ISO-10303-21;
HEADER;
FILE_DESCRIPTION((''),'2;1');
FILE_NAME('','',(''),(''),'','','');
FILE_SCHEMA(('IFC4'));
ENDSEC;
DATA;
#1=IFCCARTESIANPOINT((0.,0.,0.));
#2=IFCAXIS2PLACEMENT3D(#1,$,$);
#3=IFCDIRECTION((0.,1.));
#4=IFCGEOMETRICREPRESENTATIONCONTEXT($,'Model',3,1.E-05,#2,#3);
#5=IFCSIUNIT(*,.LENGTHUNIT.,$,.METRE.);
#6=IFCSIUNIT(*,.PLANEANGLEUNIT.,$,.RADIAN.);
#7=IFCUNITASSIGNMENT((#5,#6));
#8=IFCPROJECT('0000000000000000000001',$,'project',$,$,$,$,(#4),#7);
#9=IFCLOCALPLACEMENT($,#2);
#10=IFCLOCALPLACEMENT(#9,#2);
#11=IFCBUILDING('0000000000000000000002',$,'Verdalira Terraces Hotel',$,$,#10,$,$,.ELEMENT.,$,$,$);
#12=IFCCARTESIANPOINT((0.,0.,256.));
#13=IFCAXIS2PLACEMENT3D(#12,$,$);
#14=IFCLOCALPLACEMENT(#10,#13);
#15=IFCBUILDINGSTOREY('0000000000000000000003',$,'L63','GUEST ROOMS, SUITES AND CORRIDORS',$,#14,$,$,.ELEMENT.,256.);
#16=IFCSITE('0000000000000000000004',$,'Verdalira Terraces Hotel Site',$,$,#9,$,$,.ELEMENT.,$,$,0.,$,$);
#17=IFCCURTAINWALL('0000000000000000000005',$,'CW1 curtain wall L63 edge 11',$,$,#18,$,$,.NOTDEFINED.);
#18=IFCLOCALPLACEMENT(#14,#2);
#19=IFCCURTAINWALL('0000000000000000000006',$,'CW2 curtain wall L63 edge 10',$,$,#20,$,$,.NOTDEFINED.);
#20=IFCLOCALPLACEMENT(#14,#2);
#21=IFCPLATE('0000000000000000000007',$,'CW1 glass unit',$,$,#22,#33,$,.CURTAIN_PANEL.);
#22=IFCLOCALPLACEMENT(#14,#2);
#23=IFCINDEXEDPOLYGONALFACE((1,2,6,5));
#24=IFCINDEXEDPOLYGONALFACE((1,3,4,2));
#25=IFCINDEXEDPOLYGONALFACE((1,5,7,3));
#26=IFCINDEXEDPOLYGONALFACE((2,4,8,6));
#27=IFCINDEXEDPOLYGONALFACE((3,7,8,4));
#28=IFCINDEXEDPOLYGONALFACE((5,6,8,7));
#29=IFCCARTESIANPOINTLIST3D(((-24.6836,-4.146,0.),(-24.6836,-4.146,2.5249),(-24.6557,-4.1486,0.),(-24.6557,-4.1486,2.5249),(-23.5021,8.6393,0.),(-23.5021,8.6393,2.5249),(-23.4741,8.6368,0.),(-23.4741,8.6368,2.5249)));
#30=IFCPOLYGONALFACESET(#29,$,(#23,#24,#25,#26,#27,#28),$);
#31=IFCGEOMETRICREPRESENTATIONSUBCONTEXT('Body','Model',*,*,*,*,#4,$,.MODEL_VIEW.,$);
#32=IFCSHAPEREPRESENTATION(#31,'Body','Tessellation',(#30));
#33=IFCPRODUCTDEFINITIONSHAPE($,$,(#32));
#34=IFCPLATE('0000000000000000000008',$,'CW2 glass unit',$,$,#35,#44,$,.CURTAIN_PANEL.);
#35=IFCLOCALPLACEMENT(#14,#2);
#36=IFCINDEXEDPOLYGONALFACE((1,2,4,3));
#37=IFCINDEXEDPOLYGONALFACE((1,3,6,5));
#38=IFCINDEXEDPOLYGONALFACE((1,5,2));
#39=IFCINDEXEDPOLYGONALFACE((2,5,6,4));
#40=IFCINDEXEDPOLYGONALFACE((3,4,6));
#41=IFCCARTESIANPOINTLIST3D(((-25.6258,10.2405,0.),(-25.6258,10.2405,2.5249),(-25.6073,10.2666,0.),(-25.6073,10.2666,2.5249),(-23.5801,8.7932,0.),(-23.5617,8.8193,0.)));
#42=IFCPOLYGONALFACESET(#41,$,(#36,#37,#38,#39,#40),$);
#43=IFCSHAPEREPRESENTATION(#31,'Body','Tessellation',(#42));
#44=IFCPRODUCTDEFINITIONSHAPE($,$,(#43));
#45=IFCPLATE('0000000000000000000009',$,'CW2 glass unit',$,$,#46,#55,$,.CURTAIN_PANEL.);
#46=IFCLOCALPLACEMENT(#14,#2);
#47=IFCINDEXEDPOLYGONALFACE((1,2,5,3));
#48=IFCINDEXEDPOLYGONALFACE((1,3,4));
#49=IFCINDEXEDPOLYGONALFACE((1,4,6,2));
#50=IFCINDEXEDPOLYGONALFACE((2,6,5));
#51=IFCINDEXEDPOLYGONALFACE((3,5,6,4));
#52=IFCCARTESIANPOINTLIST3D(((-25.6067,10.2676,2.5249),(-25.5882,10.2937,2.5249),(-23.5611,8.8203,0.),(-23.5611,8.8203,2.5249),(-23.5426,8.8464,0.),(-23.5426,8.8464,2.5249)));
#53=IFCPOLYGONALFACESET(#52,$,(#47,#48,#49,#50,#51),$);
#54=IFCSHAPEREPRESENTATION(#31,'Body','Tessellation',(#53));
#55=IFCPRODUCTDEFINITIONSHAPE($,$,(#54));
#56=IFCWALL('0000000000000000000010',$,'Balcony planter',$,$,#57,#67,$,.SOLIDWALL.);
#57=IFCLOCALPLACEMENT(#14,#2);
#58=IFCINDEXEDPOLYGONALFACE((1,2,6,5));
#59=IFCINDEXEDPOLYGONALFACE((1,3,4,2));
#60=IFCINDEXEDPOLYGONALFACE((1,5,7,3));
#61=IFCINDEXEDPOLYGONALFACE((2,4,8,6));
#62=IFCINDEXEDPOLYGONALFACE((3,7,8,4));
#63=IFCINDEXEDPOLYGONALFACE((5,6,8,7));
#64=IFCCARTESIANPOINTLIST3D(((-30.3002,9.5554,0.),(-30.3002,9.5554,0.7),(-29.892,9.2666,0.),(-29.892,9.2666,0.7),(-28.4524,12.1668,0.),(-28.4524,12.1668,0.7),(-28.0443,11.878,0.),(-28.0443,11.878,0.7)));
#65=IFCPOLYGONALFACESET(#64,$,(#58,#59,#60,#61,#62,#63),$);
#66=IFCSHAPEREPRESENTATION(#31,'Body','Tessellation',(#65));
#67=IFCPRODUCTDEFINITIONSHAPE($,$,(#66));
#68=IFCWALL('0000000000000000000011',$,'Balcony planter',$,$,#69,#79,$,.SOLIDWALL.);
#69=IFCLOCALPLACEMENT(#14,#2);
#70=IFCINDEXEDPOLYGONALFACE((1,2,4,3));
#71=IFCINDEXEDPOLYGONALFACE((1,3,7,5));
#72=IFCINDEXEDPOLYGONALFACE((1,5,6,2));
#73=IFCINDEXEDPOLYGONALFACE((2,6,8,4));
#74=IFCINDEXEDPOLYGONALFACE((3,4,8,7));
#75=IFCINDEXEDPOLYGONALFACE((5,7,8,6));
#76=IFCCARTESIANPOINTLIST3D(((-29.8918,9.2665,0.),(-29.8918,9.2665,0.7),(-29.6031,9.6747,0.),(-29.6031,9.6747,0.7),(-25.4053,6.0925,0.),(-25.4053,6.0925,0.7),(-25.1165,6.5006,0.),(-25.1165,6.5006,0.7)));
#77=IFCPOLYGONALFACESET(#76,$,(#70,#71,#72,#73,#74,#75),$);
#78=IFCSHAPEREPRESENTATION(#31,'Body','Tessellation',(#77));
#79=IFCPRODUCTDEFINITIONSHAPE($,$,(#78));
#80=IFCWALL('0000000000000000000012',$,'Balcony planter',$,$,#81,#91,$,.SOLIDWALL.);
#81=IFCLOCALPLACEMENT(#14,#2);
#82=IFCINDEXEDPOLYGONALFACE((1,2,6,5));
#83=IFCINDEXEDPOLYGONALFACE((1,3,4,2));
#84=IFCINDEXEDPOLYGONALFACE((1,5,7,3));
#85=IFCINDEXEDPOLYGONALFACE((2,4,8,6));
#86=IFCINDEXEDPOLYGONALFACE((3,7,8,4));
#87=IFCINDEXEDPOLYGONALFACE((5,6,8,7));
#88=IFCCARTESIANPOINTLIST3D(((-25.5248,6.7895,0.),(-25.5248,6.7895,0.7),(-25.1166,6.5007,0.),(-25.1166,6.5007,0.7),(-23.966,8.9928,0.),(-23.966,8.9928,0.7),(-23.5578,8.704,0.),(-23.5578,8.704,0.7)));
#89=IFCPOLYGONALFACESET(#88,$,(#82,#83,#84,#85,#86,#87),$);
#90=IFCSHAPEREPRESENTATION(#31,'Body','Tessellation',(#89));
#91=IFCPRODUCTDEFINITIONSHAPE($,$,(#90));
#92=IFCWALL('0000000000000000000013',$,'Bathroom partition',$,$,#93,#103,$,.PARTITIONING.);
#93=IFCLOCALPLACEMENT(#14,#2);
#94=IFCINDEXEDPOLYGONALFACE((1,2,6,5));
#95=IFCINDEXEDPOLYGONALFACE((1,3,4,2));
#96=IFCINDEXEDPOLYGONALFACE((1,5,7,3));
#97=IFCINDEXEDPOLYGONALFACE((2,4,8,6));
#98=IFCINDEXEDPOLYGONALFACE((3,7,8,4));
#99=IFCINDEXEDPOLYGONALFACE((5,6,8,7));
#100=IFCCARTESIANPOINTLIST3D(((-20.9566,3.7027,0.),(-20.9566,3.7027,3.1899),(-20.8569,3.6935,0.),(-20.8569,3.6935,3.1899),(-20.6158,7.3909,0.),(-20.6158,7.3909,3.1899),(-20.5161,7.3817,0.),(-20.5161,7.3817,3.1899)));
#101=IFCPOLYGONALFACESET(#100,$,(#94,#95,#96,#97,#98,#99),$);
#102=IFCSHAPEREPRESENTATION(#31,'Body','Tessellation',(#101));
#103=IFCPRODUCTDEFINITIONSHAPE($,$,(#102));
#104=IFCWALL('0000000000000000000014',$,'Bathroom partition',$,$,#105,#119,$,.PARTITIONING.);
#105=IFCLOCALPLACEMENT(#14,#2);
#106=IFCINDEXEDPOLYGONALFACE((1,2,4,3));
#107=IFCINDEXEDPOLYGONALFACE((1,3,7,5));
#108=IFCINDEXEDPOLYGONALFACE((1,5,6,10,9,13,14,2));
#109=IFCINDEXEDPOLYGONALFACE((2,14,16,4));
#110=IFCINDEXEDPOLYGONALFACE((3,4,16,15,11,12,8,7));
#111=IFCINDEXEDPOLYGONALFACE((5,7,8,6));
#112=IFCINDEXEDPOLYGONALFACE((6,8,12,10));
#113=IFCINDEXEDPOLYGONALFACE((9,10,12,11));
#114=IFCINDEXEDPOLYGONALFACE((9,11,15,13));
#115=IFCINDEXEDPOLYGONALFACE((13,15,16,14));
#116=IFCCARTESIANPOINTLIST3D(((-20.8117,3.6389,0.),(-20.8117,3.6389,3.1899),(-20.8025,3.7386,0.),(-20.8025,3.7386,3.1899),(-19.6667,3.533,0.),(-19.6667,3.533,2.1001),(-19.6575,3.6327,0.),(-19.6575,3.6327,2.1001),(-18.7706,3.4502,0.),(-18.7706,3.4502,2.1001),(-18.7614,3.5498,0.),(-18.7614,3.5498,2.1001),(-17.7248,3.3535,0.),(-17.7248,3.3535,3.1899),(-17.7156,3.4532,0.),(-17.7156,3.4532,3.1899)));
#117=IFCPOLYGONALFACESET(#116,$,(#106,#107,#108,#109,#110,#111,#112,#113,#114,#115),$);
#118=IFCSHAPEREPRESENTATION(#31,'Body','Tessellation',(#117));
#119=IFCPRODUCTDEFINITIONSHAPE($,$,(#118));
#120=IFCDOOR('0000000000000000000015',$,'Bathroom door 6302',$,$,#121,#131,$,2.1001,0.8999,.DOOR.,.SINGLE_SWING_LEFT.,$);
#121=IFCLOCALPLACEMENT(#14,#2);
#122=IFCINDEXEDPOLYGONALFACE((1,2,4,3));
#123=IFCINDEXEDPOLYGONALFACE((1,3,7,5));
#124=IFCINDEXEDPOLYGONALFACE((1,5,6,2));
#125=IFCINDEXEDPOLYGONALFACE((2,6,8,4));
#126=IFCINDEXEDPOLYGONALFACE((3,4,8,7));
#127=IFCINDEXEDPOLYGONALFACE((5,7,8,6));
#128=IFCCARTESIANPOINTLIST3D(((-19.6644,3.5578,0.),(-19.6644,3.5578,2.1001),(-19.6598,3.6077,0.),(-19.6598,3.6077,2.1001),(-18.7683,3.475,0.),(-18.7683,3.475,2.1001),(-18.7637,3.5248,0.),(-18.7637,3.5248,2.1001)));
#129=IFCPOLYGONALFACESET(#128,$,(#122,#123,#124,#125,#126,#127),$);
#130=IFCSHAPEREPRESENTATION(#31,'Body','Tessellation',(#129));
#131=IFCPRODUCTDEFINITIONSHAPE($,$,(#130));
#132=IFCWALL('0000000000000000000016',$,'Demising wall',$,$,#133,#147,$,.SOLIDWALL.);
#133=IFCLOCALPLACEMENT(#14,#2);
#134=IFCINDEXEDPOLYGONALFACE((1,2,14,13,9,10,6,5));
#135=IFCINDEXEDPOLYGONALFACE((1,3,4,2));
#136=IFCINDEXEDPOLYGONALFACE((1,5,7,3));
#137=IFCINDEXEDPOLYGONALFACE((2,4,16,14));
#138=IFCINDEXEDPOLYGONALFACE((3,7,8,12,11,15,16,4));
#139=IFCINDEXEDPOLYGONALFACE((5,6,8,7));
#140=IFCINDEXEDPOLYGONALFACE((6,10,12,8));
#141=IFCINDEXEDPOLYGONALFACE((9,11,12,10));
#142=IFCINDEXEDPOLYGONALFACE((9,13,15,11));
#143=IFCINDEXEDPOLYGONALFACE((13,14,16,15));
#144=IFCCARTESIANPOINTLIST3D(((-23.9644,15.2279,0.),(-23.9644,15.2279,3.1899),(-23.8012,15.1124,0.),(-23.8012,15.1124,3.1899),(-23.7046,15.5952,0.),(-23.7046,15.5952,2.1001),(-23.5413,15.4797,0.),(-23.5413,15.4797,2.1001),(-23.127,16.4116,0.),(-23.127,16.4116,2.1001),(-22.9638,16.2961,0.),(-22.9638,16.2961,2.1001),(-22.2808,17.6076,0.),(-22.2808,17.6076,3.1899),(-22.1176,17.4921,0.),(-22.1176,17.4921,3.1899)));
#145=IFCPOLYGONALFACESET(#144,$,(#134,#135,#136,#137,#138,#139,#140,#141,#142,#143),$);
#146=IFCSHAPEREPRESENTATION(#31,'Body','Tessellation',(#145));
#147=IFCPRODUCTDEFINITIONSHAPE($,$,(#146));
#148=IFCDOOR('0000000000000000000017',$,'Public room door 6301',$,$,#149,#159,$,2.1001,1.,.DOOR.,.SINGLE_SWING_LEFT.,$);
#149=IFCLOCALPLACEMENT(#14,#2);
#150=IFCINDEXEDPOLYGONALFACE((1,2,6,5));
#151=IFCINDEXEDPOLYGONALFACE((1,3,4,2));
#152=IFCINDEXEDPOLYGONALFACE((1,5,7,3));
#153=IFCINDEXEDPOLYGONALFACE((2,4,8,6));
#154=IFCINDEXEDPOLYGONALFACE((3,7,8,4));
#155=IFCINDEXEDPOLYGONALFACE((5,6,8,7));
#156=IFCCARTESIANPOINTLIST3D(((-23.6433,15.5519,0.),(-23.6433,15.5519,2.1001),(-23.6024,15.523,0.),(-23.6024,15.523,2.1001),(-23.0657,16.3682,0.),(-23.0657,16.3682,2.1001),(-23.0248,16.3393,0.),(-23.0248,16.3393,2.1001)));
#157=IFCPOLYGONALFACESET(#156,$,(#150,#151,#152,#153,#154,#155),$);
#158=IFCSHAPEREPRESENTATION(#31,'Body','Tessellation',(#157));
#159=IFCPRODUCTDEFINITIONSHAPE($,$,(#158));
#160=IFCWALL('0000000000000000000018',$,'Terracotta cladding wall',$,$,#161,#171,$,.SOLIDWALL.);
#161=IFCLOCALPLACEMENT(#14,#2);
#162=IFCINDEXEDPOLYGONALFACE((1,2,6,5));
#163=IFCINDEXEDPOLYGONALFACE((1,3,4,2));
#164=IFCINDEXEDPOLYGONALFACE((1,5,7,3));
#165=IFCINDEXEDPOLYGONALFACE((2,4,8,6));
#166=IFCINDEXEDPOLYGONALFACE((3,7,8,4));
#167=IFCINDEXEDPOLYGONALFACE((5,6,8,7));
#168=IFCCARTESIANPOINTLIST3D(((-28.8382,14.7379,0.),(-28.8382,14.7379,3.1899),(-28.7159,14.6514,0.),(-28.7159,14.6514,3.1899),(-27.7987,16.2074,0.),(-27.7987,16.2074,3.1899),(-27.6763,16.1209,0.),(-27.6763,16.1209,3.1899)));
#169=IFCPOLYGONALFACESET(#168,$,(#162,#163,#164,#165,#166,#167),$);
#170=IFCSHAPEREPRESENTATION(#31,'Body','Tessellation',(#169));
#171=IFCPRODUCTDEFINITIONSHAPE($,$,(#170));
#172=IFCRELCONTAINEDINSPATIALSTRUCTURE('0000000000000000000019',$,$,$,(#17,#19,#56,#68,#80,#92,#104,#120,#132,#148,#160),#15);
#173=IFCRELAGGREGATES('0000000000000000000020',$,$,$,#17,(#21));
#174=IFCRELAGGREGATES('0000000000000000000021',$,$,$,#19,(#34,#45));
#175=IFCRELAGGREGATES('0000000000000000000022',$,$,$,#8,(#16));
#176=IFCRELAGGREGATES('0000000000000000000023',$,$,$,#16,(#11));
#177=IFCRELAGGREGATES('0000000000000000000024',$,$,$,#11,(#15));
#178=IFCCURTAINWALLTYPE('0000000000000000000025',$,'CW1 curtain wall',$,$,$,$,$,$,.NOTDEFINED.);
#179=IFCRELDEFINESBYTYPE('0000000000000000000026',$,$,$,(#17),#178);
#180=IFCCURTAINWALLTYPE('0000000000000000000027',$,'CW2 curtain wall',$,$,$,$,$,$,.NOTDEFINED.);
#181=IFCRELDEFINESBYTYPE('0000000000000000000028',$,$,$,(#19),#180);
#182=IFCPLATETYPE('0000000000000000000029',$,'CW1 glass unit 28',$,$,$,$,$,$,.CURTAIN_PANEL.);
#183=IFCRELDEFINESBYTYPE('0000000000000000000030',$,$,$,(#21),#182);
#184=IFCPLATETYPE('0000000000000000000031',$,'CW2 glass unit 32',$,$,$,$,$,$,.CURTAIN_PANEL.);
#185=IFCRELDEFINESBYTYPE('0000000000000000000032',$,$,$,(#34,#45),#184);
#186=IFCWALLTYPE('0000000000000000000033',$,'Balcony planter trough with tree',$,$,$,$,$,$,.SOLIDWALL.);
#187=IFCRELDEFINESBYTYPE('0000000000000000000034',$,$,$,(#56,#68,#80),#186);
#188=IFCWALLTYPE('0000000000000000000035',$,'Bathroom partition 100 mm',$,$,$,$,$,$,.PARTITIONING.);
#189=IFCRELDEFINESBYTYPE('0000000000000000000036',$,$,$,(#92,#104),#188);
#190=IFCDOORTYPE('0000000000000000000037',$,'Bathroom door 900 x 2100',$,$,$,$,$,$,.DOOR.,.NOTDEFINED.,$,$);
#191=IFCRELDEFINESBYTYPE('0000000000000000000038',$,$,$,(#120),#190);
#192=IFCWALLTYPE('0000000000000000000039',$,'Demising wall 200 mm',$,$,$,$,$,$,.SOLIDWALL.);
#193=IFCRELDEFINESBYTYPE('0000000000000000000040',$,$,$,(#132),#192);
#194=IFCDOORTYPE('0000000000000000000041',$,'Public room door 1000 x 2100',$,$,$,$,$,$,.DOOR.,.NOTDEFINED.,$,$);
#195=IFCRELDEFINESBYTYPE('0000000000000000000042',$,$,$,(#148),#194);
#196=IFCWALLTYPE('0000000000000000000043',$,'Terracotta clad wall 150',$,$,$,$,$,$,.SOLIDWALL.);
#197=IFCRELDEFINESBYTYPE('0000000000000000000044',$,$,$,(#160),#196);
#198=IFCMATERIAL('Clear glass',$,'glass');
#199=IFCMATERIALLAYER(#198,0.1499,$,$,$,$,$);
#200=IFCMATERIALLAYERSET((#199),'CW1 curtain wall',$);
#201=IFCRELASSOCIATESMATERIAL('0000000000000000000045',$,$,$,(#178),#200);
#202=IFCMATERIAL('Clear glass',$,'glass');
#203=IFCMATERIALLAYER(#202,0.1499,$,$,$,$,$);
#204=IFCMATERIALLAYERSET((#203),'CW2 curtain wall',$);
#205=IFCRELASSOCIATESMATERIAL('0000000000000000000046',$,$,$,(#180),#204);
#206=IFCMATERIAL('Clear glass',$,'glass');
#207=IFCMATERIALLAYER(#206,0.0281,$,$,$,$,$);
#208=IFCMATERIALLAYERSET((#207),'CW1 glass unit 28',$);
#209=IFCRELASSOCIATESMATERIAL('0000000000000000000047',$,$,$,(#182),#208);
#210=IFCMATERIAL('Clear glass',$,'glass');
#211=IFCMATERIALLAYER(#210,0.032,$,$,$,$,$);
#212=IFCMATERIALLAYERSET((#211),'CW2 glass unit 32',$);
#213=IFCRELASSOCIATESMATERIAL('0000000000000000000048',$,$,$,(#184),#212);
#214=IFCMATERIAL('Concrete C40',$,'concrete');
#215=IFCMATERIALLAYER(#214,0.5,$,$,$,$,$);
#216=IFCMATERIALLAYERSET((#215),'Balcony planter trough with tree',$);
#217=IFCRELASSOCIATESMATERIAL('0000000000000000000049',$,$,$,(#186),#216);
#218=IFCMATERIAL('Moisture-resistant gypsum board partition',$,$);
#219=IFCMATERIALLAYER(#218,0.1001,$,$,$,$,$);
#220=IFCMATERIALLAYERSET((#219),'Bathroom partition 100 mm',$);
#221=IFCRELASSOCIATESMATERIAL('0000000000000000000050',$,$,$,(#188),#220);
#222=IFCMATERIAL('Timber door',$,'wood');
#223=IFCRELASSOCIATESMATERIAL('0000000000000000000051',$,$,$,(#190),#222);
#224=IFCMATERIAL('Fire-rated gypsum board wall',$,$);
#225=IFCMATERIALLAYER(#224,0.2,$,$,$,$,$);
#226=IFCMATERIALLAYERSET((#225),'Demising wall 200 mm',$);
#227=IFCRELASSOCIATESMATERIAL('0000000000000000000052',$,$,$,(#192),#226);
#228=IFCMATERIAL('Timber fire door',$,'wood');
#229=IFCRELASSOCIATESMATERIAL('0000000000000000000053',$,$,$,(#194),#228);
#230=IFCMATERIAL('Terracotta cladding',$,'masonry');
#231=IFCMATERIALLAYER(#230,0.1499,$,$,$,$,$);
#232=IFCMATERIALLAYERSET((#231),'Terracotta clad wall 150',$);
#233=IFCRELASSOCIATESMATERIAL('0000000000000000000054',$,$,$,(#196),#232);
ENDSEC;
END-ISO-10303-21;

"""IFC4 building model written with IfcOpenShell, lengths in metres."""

from ifc_helpers import new_model, si_unit, direction, frame, frame_2d, origin, origin_2d, place, context, subcontext, project, spatial, polyline, rectangle, outline, extrude, material, layer, layer_set, type_object, element, fill, aggregate, save


model = new_model("IFC4")

# Units and contexts
model_context = context("Model", 3, precision=1e-05, world=origin(), true_north=direction((0.0, 1.0)))
body_context = subcontext(model_context, "Body", "Model", "MODEL_VIEW")
ifc_project = project(units=[si_unit("LENGTHUNIT", "METRE"), si_unit("PLANEANGLEUNIT", "RADIAN")], contexts=[model_context])

# Site, building, storey
site_placement = place(None, origin())
site = spatial("IfcSite", under=ifc_project, at=site_placement, Name="Verdalira Terraces Hotel Site", CompositionType="ELEMENT", RefElevation=0.0)
building_placement = place(site_placement, origin())
building = spatial("IfcBuilding", under=site, at=building_placement, Name="Verdalira Terraces Hotel", CompositionType="ELEMENT")
storey_placement = place(building_placement, frame((0.0, 0.0, 256.0)))
storey = spatial("IfcBuildingStorey", under=building, at=storey_placement, Name="L63", Description="GUEST ROOMS, SUITES AND CORRIDORS", CompositionType="ELEMENT", Elevation=256.0)

# Curtain walls
ifc_material_1 = material(Name="Clear glass", Category="glass")
ifc_layer_1 = layer(ifc_material_1, 0.1499)
ifc_layer_set_1 = layer_set([ifc_layer_1], Name="CW1 curtain wall")
curtain_wall_type_1 = type_object("IfcCurtainWallType", Name="CW1 curtain wall", PredefinedType="NOTDEFINED", material=ifc_layer_set_1)
curtain_wall_1_placement = place(storey_placement, origin())
curtain_wall_1 = element("IfcCurtainWall", 1, at=curtain_wall_1_placement, inside=storey, type_object=curtain_wall_type_1, Name="CW1 curtain wall L63 edge 11", PredefinedType="NOTDEFINED")
ifc_material_2 = material(Name="Clear glass", Category="glass")
ifc_layer_2 = layer(ifc_material_2, 0.1499)
ifc_layer_set_2 = layer_set([ifc_layer_2], Name="CW2 curtain wall")
curtain_wall_type_2 = type_object("IfcCurtainWallType", Name="CW2 curtain wall", PredefinedType="NOTDEFINED", material=ifc_layer_set_2)
curtain_wall_2_placement = place(storey_placement, origin())
curtain_wall_2 = element("IfcCurtainWall", 2, at=curtain_wall_2_placement, inside=storey, type_object=curtain_wall_type_2, Name="CW2 curtain wall L63 edge 10", PredefinedType="NOTDEFINED")

# Plates
ifc_material_3 = material(Name="Clear glass", Category="glass")
ifc_layer_3 = layer(ifc_material_3, 0.0281)
ifc_layer_set_3 = layer_set([ifc_layer_3], Name="CW1 glass unit 28")
plate_type_1 = type_object("IfcPlateType", Name="CW1 glass unit 28", PredefinedType="CURTAIN_PANEL", material=ifc_layer_set_3)
plate_1_placement = place(storey_placement, frame((-24.0789, 2.2454, 0.0), z_axis=(0.0, 0.0, 1.0), x_axis=(-0.092023, -0.995757, 0.0)))
plate_1 = element("IfcPlate", 3, at=plate_1_placement, type_object=plate_type_1, Name="CW1 glass unit", PredefinedType="CURTAIN_PANEL", context=body_context, shape_type="SweptSolid", body=[
    extrude(rectangle(XDim=12.8398, YDim=0.0281, at=origin_2d()), origin(), (0.0, 0.0, 1.0), 2.5249),
])
aggregate(curtain_wall_1, [plate_1])
ifc_material_4 = material(Name="Clear glass", Category="glass")
ifc_layer_4 = layer(ifc_material_4, 0.032)
ifc_layer_set_4 = layer_set([ifc_layer_4], Name="CW2 glass unit 32")
plate_type_2 = type_object("IfcPlateType", Name="CW2 glass unit 32", PredefinedType="CURTAIN_PANEL", material=ifc_layer_set_4)
plate_2_placement = place(storey_placement, frame((-24.5845, 9.543, 1.2625), z_axis=(-0.577573, -0.816339, 0.0), x_axis=(0.816339, -0.577573, 0.0)))
plate_2 = element("IfcPlate", 4, at=plate_2_placement, type_object=plate_type_2, Name="CW2 glass unit", PredefinedType="CURTAIN_PANEL", context=body_context, shape_type="SweptSolid", body=[
    extrude(outline(polyline([(-1.2529, -1.2625), (1.2529, -1.2625), (-1.2529, 1.2625), (-1.2529, -1.2625)])), origin(), (0.0, 0.0, 1.0), 0.032),
])
plate_3_placement = place(storey_placement, frame((-24.5654, 9.5701, 1.2625), z_axis=(-0.577573, -0.816339, 0.0), x_axis=(0.816339, -0.577573, 0.0)))
plate_3 = element("IfcPlate", 5, at=plate_3_placement, type_object=plate_type_2, Name="CW2 glass unit", PredefinedType="CURTAIN_PANEL", context=body_context, shape_type="SweptSolid", body=[
    extrude(outline(polyline([(1.2529, -1.2625), (1.2529, 1.2625), (-1.2529, 1.2625), (1.2529, -1.2625)])), origin(), (0.0, 0.0, 1.0), 0.032),
])
aggregate(curtain_wall_2, [plate_2, plate_3])

# Walls
ifc_material_5 = material(Name="Concrete C40", Category="concrete")
ifc_layer_5 = layer(ifc_material_5, 0.5)
ifc_layer_set_5 = layer_set([ifc_layer_5], Name="Balcony planter trough with tree")
wall_type_1 = type_object("IfcWallType", Name="Balcony planter trough with tree", PredefinedType="SOLIDWALL", material=ifc_layer_set_5)
wall_1_placement = place(storey_placement, frame((-28.2483, 12.0225, 0.0), z_axis=(0.0, 0.0, 1.0), x_axis=(-0.577594, -0.816324, 0.0)))
element("IfcWall", 6, at=wall_1_placement, inside=storey, type_object=wall_type_1, Name="Balcony planter", PredefinedType="SOLIDWALL", context=body_context, shape_type="SweptSolid", body=[
    extrude(rectangle(XDim=3.199, YDim=0.5, at=frame_2d((1.5996, 0.0))), origin(), (0.0, 0.0, 1.0), 0.7),
])
wall_2_placement = place(storey_placement, frame((-29.7476, 9.4707, 0.0), z_axis=(0.0, 0.0, 1.0), x_axis=(0.81636, -0.577543, 0.0)))
element("IfcWall", 7, at=wall_2_placement, inside=storey, type_object=wall_type_1, Name="Balcony planter", PredefinedType="SOLIDWALL", context=body_context, shape_type="SweptSolid", body=[
    extrude(rectangle(XDim=5.4958, YDim=0.5, at=frame_2d((2.748, 0.0))), origin(), (0.0, 0.0, 1.0), 0.7),
])
wall_3_placement = place(storey_placement, frame((-25.3208, 6.645, 0.0), z_axis=(0.0, 0.0, 1.0), x_axis=(0.577553, 0.816353, 0.0)))
element("IfcWall", 8, at=wall_3_placement, inside=storey, type_object=wall_type_1, Name="Balcony planter", PredefinedType="SOLIDWALL", context=body_context, shape_type="SweptSolid", body=[
    extrude(rectangle(XDim=2.699, YDim=0.5, at=frame_2d((1.3496, 0.0))), origin(), (0.0, 0.0, 1.0), 0.7),
])
ifc_material_6 = material(Name="Moisture-resistant gypsum board partition")
ifc_layer_6 = layer(ifc_material_6, 0.1001)
ifc_layer_set_6 = layer_set([ifc_layer_6], Name="Bathroom partition 100 mm")
wall_type_2 = type_object("IfcWallType", Name="Bathroom partition 100 mm", PredefinedType="PARTITIONING", material=ifc_layer_set_6)
wall_4_placement = place(storey_placement, frame((-20.9067, 3.698, 0.0), z_axis=(0.0, 0.0, 1.0), x_axis=(0.092015, 0.995758, 0.0)))
element("IfcWall", 9, at=wall_4_placement, inside=storey, type_object=wall_type_2, Name="Bathroom partition", PredefinedType="PARTITIONING", context=body_context, shape_type="SweptSolid", body=[
    extrude(rectangle(XDim=3.7039, YDim=0.1001, at=frame_2d((1.8521, 0.0))), origin(), (0.0, 0.0, 1.0), 3.1899),
])

# Walls, openings, doors
wall_5_placement = place(storey_placement, frame((-20.8071, 3.6887, 0.0), z_axis=(0.0, 0.0, 1.0), x_axis=(0.995753, -0.092062, 0.0)))
wall_5 = element("IfcWall", 10, at=wall_5_placement, inside=storey, type_object=wall_type_2, Name="Bathroom partition", PredefinedType="PARTITIONING", context=body_context, shape_type="SweptSolid", body=[
    extrude(rectangle(XDim=3.1001, YDim=0.1001, at=frame_2d((1.55, 0.0))), origin(), (0.0, 0.0, 1.0), 3.1899),
])
opening_1_placement = place(wall_5_placement, frame((1.1499, 0.0, 0.0)))
opening_1 = element("IfcOpeningElement", 11, at=opening_1_placement, cuts=wall_5, PredefinedType="OPENING", context=body_context, shape_type="SweptSolid", body=[
    extrude(rectangle(XDim=0.8999, YDim=2.1001, at=frame_2d((0.45, 1.05))), frame((0.0, 0.0601, 0.0), z_axis=(0.0, -1.0, 0.0), x_axis=(1.0, 0.0, 0.0)), (0.0, 0.0, 1.0), 0.1201),
])
ifc_material_7 = material(Name="Timber door", Category="wood")
door_type_1 = type_object("IfcDoorType", Name="Bathroom door 900 x 2100", OperationType="NOTDEFINED", PredefinedType="DOOR", material=ifc_material_7)
door_1_placement = place(opening_1_placement, origin())
door_1 = element("IfcDoor", 12, at=door_1_placement, inside=storey, type_object=door_type_1, Name="Bathroom door 6302", OperationType="SINGLE_SWING_LEFT", OverallHeight=2.1001, OverallWidth=0.8999, PredefinedType="DOOR", context=body_context, shape_type="SweptSolid", body=[
    extrude(rectangle(XDim=0.8999, YDim=2.1001, at=frame_2d((0.45, 1.05))), frame((0.0, 0.0249, 0.0), z_axis=(0.0, -1.0, 0.0), x_axis=(1.0, 0.0, 0.0)), (0.0, 0.0, 1.0), 0.05),
])
fill(opening_1, door_1)
ifc_material_8 = material(Name="Fire-rated gypsum board wall")
ifc_layer_7 = layer(ifc_material_8, 0.2)
ifc_layer_set_7 = layer_set([ifc_layer_7], Name="Demising wall 200 mm")
wall_type_3 = type_object("IfcWallType", Name="Demising wall 200 mm", PredefinedType="SOLIDWALL", material=ifc_layer_set_7)
wall_6_placement = place(storey_placement, frame((-23.8828, 15.1702, 0.0), z_axis=(0.0, 0.0, 1.0), x_axis=(0.577564, 0.816345, 0.0)))
wall_6 = element("IfcWall", 13, at=wall_6_placement, inside=storey, type_object=wall_type_3, Name="Demising wall", PredefinedType="SOLIDWALL", context=body_context, shape_type="SweptSolid", body=[
    extrude(rectangle(XDim=2.915, YDim=0.2, at=frame_2d((1.4575, 0.0))), origin(), (0.0, 0.0, 1.0), 3.1899),
])
opening_2_placement = place(wall_6_placement, frame((0.45, 0.0, 0.0)))
opening_2 = element("IfcOpeningElement", 14, at=opening_2_placement, cuts=wall_6, PredefinedType="OPENING", context=body_context, shape_type="SweptSolid", body=[
    extrude(rectangle(XDim=1.0, YDim=2.1001, at=frame_2d((0.5, 1.05))), frame((0.0, 0.1099, 0.0), z_axis=(0.0, -1.0, 0.0), x_axis=(1.0, 0.0, 0.0)), (0.0, 0.0, 1.0), 0.22),
])
ifc_material_9 = material(Name="Timber fire door", Category="wood")
door_type_2 = type_object("IfcDoorType", Name="Public room door 1000 x 2100", OperationType="NOTDEFINED", PredefinedType="DOOR", material=ifc_material_9)
door_2_placement = place(opening_2_placement, origin())
door_2 = element("IfcDoor", 15, at=door_2_placement, inside=storey, type_object=door_type_2, Name="Public room door 6301", OperationType="SINGLE_SWING_LEFT", OverallHeight=2.1001, OverallWidth=1.0, PredefinedType="DOOR", context=body_context, shape_type="SweptSolid", body=[
    extrude(rectangle(XDim=1.0, YDim=2.1001, at=frame_2d((0.5, 1.05))), frame((0.0, 0.0249, 0.0), z_axis=(0.0, -1.0, 0.0), x_axis=(1.0, 0.0, 0.0)), (0.0, 0.0, 1.0), 0.05),
])
fill(opening_2, door_2)

# Wall
ifc_material_10 = material(Name="Terracotta cladding", Category="masonry")
ifc_layer_8 = layer(ifc_material_10, 0.1499)
ifc_layer_set_8 = layer_set([ifc_layer_8], Name="Terracotta clad wall 150")
wall_type_4 = type_object("IfcWallType", Name="Terracotta clad wall 150", PredefinedType="SOLIDWALL", material=ifc_layer_set_8)
wall_7_placement = place(storey_placement, frame((-27.7375, 16.1641, 0.0), z_axis=(0.0, 0.0, 1.0), x_axis=(-0.577524, -0.816374, 0.0)))
element("IfcWall", 16, at=wall_7_placement, inside=storey, type_object=wall_type_4, Name="Terracotta cladding wall", PredefinedType="SOLIDWALL", context=body_context, shape_type="SweptSolid", body=[
    extrude(rectangle(XDim=1.8, YDim=0.1499, at=frame_2d((0.8999, 0.0))), origin(), (0.0, 0.0, 1.0), 3.1899),
])

save(model, "model.ifc")
